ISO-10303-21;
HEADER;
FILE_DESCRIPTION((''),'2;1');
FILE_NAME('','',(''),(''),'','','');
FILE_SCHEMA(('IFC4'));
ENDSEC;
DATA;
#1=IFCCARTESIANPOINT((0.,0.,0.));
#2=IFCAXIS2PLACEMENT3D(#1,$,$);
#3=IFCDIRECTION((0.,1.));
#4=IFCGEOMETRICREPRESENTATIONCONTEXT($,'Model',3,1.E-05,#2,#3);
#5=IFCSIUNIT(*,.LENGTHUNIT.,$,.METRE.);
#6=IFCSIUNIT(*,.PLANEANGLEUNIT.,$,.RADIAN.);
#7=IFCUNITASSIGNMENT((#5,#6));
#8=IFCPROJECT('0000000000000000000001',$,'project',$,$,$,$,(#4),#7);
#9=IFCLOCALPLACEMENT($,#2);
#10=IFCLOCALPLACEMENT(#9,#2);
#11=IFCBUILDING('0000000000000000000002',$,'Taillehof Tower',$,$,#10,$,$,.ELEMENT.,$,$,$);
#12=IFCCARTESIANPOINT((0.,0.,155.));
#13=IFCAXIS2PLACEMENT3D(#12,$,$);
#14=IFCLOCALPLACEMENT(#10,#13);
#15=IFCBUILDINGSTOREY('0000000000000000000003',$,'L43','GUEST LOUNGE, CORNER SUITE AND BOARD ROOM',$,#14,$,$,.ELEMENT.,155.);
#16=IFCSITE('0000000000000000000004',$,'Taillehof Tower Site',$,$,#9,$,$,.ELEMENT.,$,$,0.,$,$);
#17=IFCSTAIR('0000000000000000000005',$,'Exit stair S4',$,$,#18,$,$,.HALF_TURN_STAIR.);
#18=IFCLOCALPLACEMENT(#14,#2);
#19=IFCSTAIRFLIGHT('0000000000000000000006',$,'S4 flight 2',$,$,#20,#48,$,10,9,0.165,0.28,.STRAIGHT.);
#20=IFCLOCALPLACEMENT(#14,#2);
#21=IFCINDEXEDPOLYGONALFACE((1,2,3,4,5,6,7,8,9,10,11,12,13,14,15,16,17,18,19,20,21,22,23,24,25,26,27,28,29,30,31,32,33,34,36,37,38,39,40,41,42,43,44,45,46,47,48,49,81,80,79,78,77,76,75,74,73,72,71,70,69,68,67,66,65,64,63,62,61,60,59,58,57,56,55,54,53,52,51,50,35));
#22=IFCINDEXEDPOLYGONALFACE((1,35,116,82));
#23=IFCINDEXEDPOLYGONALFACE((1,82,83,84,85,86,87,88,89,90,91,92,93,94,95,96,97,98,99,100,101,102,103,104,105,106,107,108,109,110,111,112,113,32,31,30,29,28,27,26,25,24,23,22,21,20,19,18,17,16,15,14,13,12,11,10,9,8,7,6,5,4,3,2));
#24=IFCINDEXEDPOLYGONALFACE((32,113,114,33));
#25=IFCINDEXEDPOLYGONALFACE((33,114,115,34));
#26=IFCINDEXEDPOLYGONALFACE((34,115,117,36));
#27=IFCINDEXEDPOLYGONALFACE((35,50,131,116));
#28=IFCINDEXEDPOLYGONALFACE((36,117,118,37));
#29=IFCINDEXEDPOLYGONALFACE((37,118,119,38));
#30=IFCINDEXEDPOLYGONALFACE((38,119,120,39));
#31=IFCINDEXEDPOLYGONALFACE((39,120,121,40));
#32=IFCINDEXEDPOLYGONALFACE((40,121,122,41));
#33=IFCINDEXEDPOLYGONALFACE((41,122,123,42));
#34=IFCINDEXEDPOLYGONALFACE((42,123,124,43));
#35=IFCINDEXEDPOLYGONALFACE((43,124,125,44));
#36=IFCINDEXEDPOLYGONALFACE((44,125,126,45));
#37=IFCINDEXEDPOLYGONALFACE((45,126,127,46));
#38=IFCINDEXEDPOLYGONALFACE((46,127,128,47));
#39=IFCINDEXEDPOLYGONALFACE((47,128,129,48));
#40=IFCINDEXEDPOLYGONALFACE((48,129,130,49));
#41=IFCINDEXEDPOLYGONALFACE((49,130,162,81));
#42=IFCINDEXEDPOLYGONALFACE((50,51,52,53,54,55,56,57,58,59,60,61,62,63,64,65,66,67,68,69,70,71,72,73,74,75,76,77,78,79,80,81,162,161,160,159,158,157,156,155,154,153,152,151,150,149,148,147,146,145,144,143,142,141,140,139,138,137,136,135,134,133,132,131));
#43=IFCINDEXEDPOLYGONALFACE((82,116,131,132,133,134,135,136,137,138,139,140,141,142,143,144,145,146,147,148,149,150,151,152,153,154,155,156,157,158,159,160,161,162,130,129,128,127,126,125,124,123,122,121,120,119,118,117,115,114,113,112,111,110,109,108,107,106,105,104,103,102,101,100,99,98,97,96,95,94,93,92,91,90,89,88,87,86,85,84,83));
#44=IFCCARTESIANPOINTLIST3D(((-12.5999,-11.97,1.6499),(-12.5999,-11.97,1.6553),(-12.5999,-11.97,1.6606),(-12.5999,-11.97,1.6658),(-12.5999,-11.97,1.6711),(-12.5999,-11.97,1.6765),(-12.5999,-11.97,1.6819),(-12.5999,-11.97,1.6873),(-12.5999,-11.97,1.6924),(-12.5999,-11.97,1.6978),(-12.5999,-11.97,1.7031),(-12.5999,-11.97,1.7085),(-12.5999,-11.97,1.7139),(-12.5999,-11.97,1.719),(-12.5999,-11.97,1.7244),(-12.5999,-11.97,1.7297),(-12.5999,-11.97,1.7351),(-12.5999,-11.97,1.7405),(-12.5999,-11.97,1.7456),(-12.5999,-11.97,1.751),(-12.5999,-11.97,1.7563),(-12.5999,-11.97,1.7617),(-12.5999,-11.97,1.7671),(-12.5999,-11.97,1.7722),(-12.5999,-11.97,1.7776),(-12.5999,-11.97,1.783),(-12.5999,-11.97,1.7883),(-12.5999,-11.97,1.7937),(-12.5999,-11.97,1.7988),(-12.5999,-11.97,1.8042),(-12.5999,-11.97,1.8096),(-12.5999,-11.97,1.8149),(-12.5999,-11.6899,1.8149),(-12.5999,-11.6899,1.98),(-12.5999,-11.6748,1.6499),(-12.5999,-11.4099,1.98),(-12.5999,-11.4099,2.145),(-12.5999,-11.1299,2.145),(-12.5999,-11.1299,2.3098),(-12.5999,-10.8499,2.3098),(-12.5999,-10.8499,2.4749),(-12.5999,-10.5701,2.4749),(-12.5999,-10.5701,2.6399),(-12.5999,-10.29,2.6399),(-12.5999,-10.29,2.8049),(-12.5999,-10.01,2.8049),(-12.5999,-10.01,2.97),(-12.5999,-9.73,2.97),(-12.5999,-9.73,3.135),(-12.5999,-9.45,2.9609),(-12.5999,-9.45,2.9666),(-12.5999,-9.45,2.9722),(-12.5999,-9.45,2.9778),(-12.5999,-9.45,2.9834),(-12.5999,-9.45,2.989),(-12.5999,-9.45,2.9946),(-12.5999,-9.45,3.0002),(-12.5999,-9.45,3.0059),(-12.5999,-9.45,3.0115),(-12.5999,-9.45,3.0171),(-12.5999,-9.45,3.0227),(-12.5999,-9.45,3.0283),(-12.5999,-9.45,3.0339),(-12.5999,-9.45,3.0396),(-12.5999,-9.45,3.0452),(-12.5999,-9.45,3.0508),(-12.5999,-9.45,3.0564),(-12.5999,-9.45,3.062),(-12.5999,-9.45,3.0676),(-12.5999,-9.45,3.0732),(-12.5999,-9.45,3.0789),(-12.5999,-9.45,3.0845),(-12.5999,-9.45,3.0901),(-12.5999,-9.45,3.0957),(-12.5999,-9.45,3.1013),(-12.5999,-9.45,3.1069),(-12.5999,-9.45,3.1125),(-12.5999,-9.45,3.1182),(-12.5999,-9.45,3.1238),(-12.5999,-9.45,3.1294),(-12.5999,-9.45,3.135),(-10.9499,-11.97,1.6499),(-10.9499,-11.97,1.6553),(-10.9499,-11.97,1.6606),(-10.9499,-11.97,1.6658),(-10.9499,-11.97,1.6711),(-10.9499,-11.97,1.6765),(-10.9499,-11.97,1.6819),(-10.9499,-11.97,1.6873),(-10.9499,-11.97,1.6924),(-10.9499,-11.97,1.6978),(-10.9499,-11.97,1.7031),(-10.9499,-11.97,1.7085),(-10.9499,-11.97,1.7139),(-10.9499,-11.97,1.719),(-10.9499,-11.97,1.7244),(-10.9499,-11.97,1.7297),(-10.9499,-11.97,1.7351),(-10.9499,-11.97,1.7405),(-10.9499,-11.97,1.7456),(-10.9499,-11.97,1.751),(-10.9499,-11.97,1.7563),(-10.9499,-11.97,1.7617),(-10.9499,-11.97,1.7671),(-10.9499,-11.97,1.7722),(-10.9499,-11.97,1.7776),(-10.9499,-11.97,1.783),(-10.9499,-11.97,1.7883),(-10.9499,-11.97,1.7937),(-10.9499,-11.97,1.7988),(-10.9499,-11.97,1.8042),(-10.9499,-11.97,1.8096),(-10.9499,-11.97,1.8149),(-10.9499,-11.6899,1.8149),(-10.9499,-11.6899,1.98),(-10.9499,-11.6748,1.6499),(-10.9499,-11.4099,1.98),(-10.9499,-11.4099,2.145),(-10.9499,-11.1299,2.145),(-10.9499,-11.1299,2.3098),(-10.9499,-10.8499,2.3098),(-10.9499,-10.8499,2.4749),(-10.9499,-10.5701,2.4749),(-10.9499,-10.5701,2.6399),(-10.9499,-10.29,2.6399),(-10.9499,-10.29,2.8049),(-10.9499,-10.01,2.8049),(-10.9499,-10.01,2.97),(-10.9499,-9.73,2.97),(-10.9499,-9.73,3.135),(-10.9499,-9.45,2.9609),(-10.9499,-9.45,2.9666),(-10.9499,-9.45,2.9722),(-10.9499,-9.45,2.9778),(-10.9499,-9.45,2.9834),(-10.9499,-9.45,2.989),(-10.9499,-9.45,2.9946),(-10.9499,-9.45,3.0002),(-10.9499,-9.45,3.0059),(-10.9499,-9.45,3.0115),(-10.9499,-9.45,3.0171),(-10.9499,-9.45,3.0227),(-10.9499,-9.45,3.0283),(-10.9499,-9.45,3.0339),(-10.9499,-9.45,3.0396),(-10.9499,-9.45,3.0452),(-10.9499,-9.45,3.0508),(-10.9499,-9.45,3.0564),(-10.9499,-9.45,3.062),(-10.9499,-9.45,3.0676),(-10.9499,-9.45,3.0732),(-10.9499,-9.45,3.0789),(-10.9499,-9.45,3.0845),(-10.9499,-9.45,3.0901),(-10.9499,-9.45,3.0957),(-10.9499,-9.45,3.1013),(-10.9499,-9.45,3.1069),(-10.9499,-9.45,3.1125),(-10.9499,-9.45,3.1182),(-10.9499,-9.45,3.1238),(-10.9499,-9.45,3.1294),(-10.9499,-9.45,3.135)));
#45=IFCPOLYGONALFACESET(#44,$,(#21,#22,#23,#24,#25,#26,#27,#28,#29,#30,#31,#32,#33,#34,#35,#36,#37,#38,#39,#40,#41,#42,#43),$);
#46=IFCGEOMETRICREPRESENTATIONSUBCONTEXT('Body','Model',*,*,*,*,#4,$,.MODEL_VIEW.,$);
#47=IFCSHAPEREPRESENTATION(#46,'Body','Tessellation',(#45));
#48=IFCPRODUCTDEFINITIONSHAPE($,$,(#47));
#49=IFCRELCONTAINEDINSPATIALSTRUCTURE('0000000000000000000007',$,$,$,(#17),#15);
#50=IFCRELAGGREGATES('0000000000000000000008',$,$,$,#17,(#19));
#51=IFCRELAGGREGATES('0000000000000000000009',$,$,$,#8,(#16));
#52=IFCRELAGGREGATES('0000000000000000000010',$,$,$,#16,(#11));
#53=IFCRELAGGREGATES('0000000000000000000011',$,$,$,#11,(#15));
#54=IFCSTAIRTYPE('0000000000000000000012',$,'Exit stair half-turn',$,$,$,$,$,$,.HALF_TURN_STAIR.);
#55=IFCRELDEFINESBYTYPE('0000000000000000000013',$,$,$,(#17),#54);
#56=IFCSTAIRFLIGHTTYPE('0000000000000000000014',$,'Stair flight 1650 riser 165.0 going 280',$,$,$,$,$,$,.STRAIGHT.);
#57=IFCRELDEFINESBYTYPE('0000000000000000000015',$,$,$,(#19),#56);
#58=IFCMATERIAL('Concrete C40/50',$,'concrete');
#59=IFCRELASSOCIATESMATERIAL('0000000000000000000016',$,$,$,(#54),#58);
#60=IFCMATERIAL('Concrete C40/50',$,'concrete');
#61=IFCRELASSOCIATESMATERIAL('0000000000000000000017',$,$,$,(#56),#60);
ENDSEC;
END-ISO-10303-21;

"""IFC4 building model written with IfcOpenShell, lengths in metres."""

from ifc_helpers import new_model, si_unit, direction, frame, origin, place, context, subcontext, project, spatial, polyline, outline, extrude, material, type_object, element, aggregate, save


model = new_model("IFC4")

# Units and contexts
model_context = context("Model", 3, precision=1e-05, world=origin(), true_north=direction((0.0, 1.0)))
body_context = subcontext(model_context, "Body", "Model", "MODEL_VIEW")
ifc_project = project(units=[si_unit("LENGTHUNIT", "METRE"), si_unit("PLANEANGLEUNIT", "RADIAN")], contexts=[model_context])

# Site, building, storey
site_placement = place(None, origin())
site = spatial("IfcSite", under=ifc_project, at=site_placement, Name="Taillehof Tower Site", CompositionType="ELEMENT", RefElevation=0.0)
building_placement = place(site_placement, origin())
building = spatial("IfcBuilding", under=site, at=building_placement, Name="Taillehof Tower", CompositionType="ELEMENT")
storey_placement = place(building_placement, frame((0.0, 0.0, 155.0)))
storey = spatial("IfcBuildingStorey", under=building, at=storey_placement, Name="L43", Description="GUEST LOUNGE, CORNER SUITE AND BOARD ROOM", CompositionType="ELEMENT", Elevation=155.0)

# Stair, stair flight
ifc_material_1 = material(Name="Concrete C40/50", Category="concrete")
stair_type = type_object("IfcStairType", Name="Exit stair half-turn", PredefinedType="HALF_TURN_STAIR", material=ifc_material_1)
stair_placement = place(storey_placement, origin())
stair = element("IfcStair", 1, at=stair_placement, inside=storey, type_object=stair_type, Name="Exit stair S4", PredefinedType="HALF_TURN_STAIR")
ifc_material_2 = material(Name="Concrete C40/50", Category="concrete")
stair_flight_type = type_object("IfcStairFlightType", Name="Stair flight 1650 riser 165.0 going 280", PredefinedType="STRAIGHT", material=ifc_material_2)
stair_flight_placement = place(storey_placement, frame((-11.7749, -11.97, 1.6499), z_axis=(0.0, 0.0, 1.0), x_axis=(0.0, 1.0, 0.0)))
stair_flight = element("IfcStairFlight", 2, at=stair_flight_placement, type_object=stair_flight_type, Name="S4 flight 2", NumberOfRisers=10, NumberOfTreads=9, PredefinedType="STRAIGHT", RiserHeight=0.165, TreadLength=0.28, context=body_context, shape_type="SweptSolid", body=[
    extrude(outline(polyline([(0.0, 0.0), (0.0, 0.0054), (0.0, 0.0107), (0.0, 0.0159), (0.0, 0.0212), (0.0, 0.0266), (0.0, 0.032), (0.0, 0.0374), (0.0, 0.0425), (0.0, 0.0479), (0.0, 0.0532), (0.0, 0.0586), (0.0, 0.064), (0.0, 0.0691), (0.0, 0.0745), (0.0, 0.0798), (0.0, 0.0852), (0.0, 0.0906), (0.0, 0.0957), (0.0, 0.1011), (0.0, 0.1064), (0.0, 0.1118), (0.0, 0.1172), (0.0, 0.1223), (0.0, 0.1277), (0.0, 0.1331), (0.0, 0.1384), (0.0, 0.1438), (0.0, 0.1489), (0.0, 0.1543), (0.0, 0.1597), (0.0, 0.165), (0.28, 0.165), (0.28, 0.3301), (0.5601, 0.3301), (0.5601, 0.4951), (0.8401, 0.4951), (0.8401, 0.6599), (1.1201, 0.6599), (1.1201, 0.825), (1.3999, 0.825), (1.3999, 0.99), (1.6799, 0.99), (1.6799, 1.155), (1.96, 1.155), (1.96, 1.3201), (2.24, 1.3201), (2.24, 1.4851), (2.52, 1.4851), (2.52, 1.4795), (2.52, 1.4739), (2.52, 1.4683), (2.52, 1.4626), (2.52, 1.457), (2.52, 1.4514), (2.52, 1.4458), (2.52, 1.4402), (2.52, 1.4346), (2.52, 1.429), (2.52, 1.4233), (2.52, 1.4177), (2.52, 1.4121), (2.52, 1.4065), (2.52, 1.4009), (2.52, 1.3953), (2.52, 1.3896), (2.52, 1.384), (2.52, 1.3784), (2.52, 1.3728), (2.52, 1.3672), (2.52, 1.3616), (2.52, 1.356), (2.52, 1.3503), (2.52, 1.3447), (2.52, 1.3391), (2.52, 1.3335), (2.52, 1.3279), (2.52, 1.3223), (2.52, 1.3167), (2.52, 1.311), (0.2952, 0.0), (0.0, 0.0)])), frame((0.0, 0.825, 0.0), z_axis=(0.0, -1.0, 0.0), x_axis=(1.0, 0.0, 0.0)), (0.0, 0.0, 1.0), 1.65),
])
aggregate(stair, [stair_flight])

save(model, "model.ifc")
